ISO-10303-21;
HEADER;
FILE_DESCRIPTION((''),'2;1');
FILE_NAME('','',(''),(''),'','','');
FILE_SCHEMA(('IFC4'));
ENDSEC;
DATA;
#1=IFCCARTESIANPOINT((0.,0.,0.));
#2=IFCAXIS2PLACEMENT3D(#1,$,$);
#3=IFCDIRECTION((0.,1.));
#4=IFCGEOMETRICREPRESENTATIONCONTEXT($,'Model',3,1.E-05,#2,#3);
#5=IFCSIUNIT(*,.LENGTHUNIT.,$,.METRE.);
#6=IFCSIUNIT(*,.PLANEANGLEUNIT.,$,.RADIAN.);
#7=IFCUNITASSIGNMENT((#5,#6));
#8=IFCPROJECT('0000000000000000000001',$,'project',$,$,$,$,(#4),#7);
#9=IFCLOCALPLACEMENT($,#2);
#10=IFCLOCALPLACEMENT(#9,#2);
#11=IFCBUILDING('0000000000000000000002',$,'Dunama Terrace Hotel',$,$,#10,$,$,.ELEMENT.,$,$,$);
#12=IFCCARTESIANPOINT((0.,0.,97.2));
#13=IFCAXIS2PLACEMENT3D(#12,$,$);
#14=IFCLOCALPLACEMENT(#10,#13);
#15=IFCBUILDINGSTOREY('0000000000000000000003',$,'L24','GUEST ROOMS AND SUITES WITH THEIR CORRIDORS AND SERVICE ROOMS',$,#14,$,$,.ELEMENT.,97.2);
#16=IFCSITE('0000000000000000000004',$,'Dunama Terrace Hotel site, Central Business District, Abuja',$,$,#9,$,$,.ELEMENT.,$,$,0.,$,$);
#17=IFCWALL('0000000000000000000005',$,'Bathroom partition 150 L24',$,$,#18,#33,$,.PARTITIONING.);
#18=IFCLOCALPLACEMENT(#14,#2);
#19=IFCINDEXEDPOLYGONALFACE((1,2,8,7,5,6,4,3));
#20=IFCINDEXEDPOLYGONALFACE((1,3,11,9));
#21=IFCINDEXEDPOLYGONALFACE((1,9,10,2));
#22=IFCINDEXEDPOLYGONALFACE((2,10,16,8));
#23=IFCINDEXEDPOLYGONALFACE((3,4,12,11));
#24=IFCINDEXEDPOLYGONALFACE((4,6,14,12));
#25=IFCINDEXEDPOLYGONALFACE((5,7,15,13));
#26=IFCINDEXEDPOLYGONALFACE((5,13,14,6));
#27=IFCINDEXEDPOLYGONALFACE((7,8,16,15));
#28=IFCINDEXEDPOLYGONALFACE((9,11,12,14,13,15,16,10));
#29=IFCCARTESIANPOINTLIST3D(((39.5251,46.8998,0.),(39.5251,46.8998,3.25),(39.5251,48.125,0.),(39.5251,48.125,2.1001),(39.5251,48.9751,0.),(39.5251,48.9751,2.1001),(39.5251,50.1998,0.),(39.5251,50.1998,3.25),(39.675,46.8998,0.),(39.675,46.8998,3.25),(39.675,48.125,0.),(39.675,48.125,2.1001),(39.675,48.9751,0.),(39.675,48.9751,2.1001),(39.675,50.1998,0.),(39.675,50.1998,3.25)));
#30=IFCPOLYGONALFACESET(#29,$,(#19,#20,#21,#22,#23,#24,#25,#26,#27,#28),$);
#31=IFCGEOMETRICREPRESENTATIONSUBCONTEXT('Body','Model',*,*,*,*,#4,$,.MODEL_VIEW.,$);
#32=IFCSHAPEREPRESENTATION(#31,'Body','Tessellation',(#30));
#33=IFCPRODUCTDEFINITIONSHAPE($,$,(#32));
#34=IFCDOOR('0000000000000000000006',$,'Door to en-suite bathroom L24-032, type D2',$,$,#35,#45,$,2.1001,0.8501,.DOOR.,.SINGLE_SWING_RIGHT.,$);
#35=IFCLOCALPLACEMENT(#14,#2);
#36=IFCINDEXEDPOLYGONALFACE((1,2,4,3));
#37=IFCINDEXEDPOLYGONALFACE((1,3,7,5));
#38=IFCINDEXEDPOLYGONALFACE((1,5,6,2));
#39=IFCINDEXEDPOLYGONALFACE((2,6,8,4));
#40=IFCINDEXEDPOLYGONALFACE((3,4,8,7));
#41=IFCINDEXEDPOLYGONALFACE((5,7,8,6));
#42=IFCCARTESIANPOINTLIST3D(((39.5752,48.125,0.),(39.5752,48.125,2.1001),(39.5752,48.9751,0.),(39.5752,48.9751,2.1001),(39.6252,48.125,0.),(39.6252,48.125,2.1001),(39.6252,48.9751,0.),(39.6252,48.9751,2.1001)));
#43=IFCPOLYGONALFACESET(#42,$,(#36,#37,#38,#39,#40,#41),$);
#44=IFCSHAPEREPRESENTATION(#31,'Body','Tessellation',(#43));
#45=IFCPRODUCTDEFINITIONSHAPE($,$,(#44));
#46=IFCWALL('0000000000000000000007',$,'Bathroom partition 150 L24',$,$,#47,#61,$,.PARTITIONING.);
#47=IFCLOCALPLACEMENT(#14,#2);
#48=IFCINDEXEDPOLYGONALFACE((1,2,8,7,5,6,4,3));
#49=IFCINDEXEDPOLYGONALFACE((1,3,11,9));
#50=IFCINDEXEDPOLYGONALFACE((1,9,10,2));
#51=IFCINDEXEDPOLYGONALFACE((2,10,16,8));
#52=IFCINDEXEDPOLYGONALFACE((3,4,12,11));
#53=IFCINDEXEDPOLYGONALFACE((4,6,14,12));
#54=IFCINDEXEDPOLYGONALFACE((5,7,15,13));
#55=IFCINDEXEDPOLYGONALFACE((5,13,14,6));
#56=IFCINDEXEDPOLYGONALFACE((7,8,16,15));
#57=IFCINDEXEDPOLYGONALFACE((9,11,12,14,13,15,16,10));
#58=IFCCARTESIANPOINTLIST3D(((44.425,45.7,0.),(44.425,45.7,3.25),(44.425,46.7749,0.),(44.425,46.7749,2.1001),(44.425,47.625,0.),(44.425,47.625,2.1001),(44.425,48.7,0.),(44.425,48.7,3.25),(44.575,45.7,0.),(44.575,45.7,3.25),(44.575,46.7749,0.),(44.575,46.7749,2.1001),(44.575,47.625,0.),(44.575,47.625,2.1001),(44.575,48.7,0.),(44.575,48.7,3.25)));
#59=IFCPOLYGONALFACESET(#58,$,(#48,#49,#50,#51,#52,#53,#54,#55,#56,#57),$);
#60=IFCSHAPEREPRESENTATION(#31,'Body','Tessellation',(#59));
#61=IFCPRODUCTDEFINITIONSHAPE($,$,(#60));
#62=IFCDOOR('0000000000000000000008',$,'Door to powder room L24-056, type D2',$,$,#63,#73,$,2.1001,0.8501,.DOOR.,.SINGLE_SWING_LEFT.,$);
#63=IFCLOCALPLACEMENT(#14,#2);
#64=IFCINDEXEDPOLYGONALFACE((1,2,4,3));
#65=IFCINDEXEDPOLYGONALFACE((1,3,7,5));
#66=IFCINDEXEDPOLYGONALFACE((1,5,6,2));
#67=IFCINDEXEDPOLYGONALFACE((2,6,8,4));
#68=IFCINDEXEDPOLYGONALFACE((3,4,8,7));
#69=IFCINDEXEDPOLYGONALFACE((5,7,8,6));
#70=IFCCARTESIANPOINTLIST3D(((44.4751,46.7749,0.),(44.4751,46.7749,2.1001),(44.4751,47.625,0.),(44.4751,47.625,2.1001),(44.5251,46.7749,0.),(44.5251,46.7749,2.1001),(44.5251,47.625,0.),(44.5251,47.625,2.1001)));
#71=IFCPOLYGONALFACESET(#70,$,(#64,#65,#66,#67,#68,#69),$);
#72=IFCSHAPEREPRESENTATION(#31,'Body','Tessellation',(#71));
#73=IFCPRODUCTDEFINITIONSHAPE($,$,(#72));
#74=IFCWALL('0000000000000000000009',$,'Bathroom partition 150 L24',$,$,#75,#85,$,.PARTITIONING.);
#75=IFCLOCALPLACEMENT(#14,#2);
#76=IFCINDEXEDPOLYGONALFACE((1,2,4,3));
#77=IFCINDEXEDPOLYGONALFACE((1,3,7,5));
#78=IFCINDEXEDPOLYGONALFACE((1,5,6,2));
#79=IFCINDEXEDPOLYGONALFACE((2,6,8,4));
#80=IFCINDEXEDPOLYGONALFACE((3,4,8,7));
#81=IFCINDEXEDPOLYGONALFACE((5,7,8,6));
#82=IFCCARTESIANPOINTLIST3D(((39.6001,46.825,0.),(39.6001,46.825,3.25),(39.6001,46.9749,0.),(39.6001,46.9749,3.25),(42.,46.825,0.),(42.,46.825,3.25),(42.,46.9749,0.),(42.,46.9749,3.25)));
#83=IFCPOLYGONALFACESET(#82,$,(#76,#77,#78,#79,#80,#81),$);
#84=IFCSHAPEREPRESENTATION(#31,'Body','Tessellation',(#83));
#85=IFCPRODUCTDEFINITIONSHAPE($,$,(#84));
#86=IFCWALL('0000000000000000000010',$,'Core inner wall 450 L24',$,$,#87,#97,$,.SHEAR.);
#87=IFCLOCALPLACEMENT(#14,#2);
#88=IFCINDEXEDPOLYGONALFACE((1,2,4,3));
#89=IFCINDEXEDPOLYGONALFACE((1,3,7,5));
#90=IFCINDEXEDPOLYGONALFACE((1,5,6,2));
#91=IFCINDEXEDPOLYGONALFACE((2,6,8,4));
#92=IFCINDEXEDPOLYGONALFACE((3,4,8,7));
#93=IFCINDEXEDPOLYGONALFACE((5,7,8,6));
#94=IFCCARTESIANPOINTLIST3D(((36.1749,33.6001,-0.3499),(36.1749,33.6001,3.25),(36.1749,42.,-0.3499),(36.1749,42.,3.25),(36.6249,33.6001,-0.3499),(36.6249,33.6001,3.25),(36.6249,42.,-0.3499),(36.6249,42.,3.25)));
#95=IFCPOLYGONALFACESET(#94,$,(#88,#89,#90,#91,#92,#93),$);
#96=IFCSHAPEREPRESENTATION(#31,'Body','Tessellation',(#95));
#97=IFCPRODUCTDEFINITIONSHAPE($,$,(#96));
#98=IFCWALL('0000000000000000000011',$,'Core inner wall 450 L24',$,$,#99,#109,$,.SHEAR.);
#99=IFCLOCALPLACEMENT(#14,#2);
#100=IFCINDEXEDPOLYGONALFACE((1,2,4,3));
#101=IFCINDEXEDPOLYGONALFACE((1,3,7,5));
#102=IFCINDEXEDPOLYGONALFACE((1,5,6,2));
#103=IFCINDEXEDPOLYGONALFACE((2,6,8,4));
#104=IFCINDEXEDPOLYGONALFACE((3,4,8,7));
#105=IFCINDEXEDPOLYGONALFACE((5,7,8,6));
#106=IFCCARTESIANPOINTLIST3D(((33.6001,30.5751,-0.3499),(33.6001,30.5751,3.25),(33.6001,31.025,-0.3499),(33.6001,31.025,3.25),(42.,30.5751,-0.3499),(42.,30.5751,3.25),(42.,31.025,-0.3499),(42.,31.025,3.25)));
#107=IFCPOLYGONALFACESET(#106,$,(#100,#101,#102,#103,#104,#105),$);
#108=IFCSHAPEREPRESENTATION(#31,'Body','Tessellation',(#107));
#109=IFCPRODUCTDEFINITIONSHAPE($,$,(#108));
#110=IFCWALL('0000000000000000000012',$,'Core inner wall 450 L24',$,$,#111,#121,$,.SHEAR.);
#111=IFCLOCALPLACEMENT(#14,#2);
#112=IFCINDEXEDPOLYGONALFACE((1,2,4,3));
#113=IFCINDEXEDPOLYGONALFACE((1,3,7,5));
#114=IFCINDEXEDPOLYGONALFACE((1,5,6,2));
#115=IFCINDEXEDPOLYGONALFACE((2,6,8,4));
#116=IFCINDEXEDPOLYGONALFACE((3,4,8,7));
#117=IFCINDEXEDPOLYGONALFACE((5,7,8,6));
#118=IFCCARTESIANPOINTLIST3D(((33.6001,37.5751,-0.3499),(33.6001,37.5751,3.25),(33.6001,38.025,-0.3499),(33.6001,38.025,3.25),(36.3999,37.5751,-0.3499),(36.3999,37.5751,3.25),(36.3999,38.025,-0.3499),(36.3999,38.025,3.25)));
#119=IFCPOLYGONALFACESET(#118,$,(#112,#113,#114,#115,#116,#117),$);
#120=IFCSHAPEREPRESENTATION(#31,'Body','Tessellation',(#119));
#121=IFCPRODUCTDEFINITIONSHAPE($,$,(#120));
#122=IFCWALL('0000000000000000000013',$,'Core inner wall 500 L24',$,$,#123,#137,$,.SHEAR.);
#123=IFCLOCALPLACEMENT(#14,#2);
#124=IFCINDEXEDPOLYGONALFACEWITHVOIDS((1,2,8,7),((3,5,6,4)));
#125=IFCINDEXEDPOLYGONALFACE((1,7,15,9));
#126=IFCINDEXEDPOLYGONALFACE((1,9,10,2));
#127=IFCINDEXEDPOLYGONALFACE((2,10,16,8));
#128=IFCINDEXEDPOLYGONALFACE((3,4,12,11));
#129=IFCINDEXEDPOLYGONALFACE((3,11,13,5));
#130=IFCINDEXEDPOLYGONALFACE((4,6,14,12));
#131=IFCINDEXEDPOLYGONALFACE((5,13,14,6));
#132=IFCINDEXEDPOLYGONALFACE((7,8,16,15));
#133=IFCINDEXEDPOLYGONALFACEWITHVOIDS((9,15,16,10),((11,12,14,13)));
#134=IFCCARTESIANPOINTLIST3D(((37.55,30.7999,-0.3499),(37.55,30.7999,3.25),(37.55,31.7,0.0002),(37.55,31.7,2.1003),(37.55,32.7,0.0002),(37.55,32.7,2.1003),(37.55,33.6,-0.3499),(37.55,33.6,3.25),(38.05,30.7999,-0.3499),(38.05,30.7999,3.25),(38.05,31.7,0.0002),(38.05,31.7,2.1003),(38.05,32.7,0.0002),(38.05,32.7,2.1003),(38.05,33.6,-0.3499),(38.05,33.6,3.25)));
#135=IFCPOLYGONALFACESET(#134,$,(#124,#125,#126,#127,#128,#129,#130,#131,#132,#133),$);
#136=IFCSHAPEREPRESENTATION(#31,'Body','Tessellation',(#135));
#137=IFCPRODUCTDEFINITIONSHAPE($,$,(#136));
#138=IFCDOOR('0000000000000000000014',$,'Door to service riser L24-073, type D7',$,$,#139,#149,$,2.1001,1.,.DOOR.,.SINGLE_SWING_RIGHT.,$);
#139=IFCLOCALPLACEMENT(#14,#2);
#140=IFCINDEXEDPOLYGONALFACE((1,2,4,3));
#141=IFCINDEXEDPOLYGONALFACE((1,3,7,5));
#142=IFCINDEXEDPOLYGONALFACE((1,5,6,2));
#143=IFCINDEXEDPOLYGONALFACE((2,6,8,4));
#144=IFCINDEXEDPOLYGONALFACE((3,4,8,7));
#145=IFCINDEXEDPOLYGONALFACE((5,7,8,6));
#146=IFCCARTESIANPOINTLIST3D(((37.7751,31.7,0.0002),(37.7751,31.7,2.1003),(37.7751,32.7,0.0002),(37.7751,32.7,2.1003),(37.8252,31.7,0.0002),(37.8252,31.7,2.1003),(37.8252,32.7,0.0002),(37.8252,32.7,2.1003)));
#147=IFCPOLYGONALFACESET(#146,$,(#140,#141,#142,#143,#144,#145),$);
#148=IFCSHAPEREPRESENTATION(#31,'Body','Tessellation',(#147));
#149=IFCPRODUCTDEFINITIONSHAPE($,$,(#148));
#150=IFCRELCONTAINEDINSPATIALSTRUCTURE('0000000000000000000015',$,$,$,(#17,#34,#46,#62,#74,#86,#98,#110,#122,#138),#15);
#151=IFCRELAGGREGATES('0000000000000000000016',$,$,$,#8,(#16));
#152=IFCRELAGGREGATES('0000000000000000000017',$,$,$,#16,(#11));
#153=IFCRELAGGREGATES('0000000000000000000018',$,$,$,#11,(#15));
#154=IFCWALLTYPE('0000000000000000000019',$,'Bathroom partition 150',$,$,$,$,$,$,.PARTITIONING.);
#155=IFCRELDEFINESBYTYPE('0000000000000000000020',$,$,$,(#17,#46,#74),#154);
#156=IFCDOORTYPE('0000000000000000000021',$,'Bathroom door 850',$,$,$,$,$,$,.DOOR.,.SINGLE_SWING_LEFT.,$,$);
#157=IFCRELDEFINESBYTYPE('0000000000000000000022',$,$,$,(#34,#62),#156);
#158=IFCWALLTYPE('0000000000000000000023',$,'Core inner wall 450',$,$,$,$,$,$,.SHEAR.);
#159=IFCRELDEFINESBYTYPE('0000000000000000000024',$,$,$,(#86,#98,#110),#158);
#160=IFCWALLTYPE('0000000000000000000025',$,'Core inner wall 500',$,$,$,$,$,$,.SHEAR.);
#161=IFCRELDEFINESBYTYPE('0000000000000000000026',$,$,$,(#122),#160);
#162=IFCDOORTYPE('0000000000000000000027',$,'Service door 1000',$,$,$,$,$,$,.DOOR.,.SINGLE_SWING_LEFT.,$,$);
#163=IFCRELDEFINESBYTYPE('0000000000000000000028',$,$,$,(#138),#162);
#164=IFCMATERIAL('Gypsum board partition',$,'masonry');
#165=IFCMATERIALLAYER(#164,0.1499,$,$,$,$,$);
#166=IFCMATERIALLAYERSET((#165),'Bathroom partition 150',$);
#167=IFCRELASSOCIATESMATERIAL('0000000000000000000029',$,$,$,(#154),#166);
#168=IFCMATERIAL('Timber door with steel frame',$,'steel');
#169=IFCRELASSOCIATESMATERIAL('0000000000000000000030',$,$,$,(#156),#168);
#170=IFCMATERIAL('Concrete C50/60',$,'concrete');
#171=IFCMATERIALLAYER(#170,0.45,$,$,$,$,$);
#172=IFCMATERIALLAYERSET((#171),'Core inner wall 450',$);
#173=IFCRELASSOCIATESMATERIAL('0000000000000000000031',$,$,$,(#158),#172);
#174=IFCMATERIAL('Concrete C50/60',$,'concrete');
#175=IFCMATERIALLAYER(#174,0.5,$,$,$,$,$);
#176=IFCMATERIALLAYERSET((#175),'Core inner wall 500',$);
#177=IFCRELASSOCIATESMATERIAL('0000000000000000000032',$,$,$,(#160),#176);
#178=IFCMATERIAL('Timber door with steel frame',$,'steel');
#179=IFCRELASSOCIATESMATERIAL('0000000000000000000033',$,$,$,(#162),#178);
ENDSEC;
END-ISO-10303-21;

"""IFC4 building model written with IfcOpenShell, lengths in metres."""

from ifc_helpers import new_model, si_unit, direction, frame, frame_2d, origin, place, context, subcontext, project, spatial, rectangle, extrude, material, layer, layer_set, type_object, element, fill, save


model = new_model("IFC4")

# Units and contexts
model_context = context("Model", 3, precision=1e-05, world=origin(), true_north=direction((0.0, 1.0)))
body_context = subcontext(model_context, "Body", "Model", "MODEL_VIEW")
ifc_project = project(units=[si_unit("LENGTHUNIT", "METRE"), si_unit("PLANEANGLEUNIT", "RADIAN")], contexts=[model_context])

# Site, building, storey
site_placement = place(None, origin())
site = spatial("IfcSite", under=ifc_project, at=site_placement, Name="Dunama Terrace Hotel site, Central Business District, Abuja", CompositionType="ELEMENT", RefElevation=0.0)
building_placement = place(site_placement, origin())
building = spatial("IfcBuilding", under=site, at=building_placement, Name="Dunama Terrace Hotel", CompositionType="ELEMENT")
storey_placement = place(building_placement, frame((0.0, 0.0, 97.2)))
storey = spatial("IfcBuildingStorey", under=building, at=storey_placement, Name="L24", Description="GUEST ROOMS AND SUITES WITH THEIR CORRIDORS AND SERVICE ROOMS", CompositionType="ELEMENT", Elevation=97.2)

# Walls, openings, doors
ifc_material_1 = material(Name="Gypsum board partition", Category="masonry")
ifc_layer_1 = layer(ifc_material_1, 0.1499)
ifc_layer_set_1 = layer_set([ifc_layer_1], Name="Bathroom partition 150")
wall_type_1 = type_object("IfcWallType", Name="Bathroom partition 150", PredefinedType="PARTITIONING", material=ifc_layer_set_1)
wall_1_placement = place(storey_placement, frame((39.6001, 46.8999, 0.0), z_axis=(0.0, 0.0, 1.0), x_axis=(0.0, 1.0, 0.0)))
wall_1 = element("IfcWall", 1, at=wall_1_placement, inside=storey, type_object=wall_type_1, Name="Bathroom partition 150 L24", PredefinedType="PARTITIONING", context=body_context, shape_type="SweptSolid", body=[
    extrude(rectangle(XDim=3.3, YDim=0.1499, at=frame_2d((1.6499, 0.0))), origin(), (0.0, 0.0, 1.0), 3.25),
])
opening_1_placement = place(wall_1_placement, frame((1.2251, 0.0, 0.0)))
opening_1 = element("IfcOpeningElement", 2, at=opening_1_placement, cuts=wall_1, PredefinedType="OPENING", context=body_context, shape_type="SweptSolid", body=[
    extrude(rectangle(XDim=0.8501, YDim=2.1001, at=frame_2d((0.425, 1.05))), frame((0.0, 0.085, 0.0), z_axis=(0.0, -1.0, 0.0), x_axis=(1.0, 0.0, 0.0)), (0.0, 0.0, 1.0), 0.1699),
])
ifc_material_2 = material(Name="Timber door with steel frame", Category="steel")
door_type_1 = type_object("IfcDoorType", Name="Bathroom door 850", OperationType="SINGLE_SWING_LEFT", PredefinedType="DOOR", material=ifc_material_2)
door_1_placement = place(opening_1_placement, frame((0.8501, 0.0, 0.0), z_axis=(0.0, 0.0, 1.0), x_axis=(-1.0, 0.0, 0.0)))
door_1 = element("IfcDoor", 3, at=door_1_placement, inside=storey, type_object=door_type_1, Name="Door to en-suite bathroom L24-032, type D2", OperationType="SINGLE_SWING_RIGHT", OverallHeight=2.1001, OverallWidth=0.8501, PredefinedType="DOOR", context=body_context, shape_type="SweptSolid", body=[
    extrude(rectangle(XDim=0.8501, YDim=2.1001, at=frame_2d((0.425, 1.05))), frame((0.0, 0.0251, 0.0), z_axis=(0.0, -1.0, 0.0), x_axis=(1.0, 0.0, 0.0)), (0.0, 0.0, 1.0), 0.05),
])
fill(opening_1, door_1)
wall_2_placement = place(storey_placement, frame((44.5, 45.7, 0.0), z_axis=(0.0, 0.0, 1.0), x_axis=(0.0, 1.0, 0.0)))
wall_2 = element("IfcWall", 4, at=wall_2_placement, inside=storey, type_object=wall_type_1, Name="Bathroom partition 150 L24", PredefinedType="PARTITIONING", context=body_context, shape_type="SweptSolid", body=[
    extrude(rectangle(XDim=3.0, YDim=0.1499, at=frame_2d((1.5, 0.0))), origin(), (0.0, 0.0, 1.0), 3.25),
])
opening_2_placement = place(wall_2_placement, frame((1.075, 0.0, 0.0)))
opening_2 = element("IfcOpeningElement", 5, at=opening_2_placement, cuts=wall_2, PredefinedType="OPENING", context=body_context, shape_type="SweptSolid", body=[
    extrude(rectangle(XDim=0.8501, YDim=2.1001, at=frame_2d((0.425, 1.05))), frame((0.0, 0.085, 0.0), z_axis=(0.0, -1.0, 0.0), x_axis=(1.0, 0.0, 0.0)), (0.0, 0.0, 1.0), 0.1699),
])
door_2_placement = place(opening_2_placement, origin())
door_2 = element("IfcDoor", 6, at=door_2_placement, inside=storey, type_object=door_type_1, Name="Door to powder room L24-056, type D2", OperationType="SINGLE_SWING_LEFT", OverallHeight=2.1001, OverallWidth=0.8501, PredefinedType="DOOR", context=body_context, shape_type="SweptSolid", body=[
    extrude(rectangle(XDim=0.8501, YDim=2.1001, at=frame_2d((0.425, 1.05))), frame((0.0, 0.0249, 0.0), z_axis=(0.0, -1.0, 0.0), x_axis=(1.0, 0.0, 0.0)), (0.0, 0.0, 1.0), 0.05),
])
fill(opening_2, door_2)

# Walls
wall_3_placement = place(storey_placement, frame((39.6001, 46.8999, 0.0), z_axis=(0.0, 0.0, 1.0), x_axis=(1.0, 0.0, 0.0)))
element("IfcWall", 7, at=wall_3_placement, inside=storey, type_object=wall_type_1, Name="Bathroom partition 150 L24", PredefinedType="PARTITIONING", context=body_context, shape_type="SweptSolid", body=[
    extrude(rectangle(XDim=2.3999, YDim=0.1499, at=frame_2d((1.2, 0.0))), origin(), (0.0, 0.0, 1.0), 3.25),
])
ifc_material_3 = material(Name="Concrete C50/60", Category="concrete")
ifc_layer_2 = layer(ifc_material_3, 0.45)
ifc_layer_set_2 = layer_set([ifc_layer_2], Name="Core inner wall 450")
wall_type_2 = type_object("IfcWallType", Name="Core inner wall 450", PredefinedType="SHEAR", material=ifc_layer_set_2)
for number, where, z_axis, x_axis, name in (
    (8, (36.3999, 33.6001, -0.3499), (0.0, 0.0, 1.0), (0.0, 1.0, 0.0), "Core inner wall 450 L24"),
    (9, (33.6001, 30.8, -0.3499), (0.0, 0.0, 1.0), (1.0, 0.0, 0.0), "Core inner wall 450 L24"),
):
    element("IfcWall", number, at=place(storey_placement, frame(where, z_axis=z_axis, x_axis=x_axis)), inside=storey, type_object=wall_type_2, Name=name, PredefinedType="SHEAR", context=body_context, shape_type="SweptSolid", body=[
        extrude(rectangle(XDim=8.3999, YDim=0.45, at=frame_2d((4.2, 0.0))), origin(), (0.0, 0.0, 1.0), 3.5999),
    ])
wall_4_placement = place(storey_placement, frame((33.6001, 37.8, -0.3499), z_axis=(0.0, 0.0, 1.0), x_axis=(1.0, 0.0, 0.0)))
element("IfcWall", 10, at=wall_4_placement, inside=storey, type_object=wall_type_2, Name="Core inner wall 450 L24", PredefinedType="SHEAR", context=body_context, shape_type="SweptSolid", body=[
    extrude(rectangle(XDim=2.7998, YDim=0.45, at=frame_2d((1.3999, 0.0))), origin(), (0.0, 0.0, 1.0), 3.5999),
])

# Wall, opening, door
ifc_material_4 = material(Name="Concrete C50/60", Category="concrete")
ifc_layer_3 = layer(ifc_material_4, 0.5)
ifc_layer_set_3 = layer_set([ifc_layer_3], Name="Core inner wall 500")
wall_type_3 = type_object("IfcWallType", Name="Core inner wall 500", PredefinedType="SHEAR", material=ifc_layer_set_3)
wall_5_placement = place(storey_placement, frame((37.8, 30.8, -0.3499), z_axis=(0.0, 0.0, 1.0), x_axis=(0.0, 1.0, 0.0)))
wall_5 = element("IfcWall", 11, at=wall_5_placement, inside=storey, type_object=wall_type_3, Name="Core inner wall 500 L24", PredefinedType="SHEAR", context=body_context, shape_type="SweptSolid", body=[
    extrude(rectangle(XDim=2.8, YDim=0.5, at=frame_2d((1.3999, 0.0))), origin(), (0.0, 0.0, 1.0), 3.5999),
])
opening_3_placement = place(wall_5_placement, frame((0.8999, 0.0, 0.3501)))
opening_3 = element("IfcOpeningElement", 12, at=opening_3_placement, cuts=wall_5, PredefinedType="OPENING", context=body_context, shape_type="SweptSolid", body=[
    extrude(rectangle(XDim=1.0, YDim=2.1001, at=frame_2d((0.5, 1.05))), frame((0.0, 0.26, 0.0), z_axis=(0.0, -1.0, 0.0), x_axis=(1.0, 0.0, 0.0)), (0.0, 0.0, 1.0), 0.52),
])
ifc_material_5 = material(Name="Timber door with steel frame", Category="steel")
door_type_2 = type_object("IfcDoorType", Name="Service door 1000", OperationType="SINGLE_SWING_LEFT", PredefinedType="DOOR", material=ifc_material_5)
door_3_placement = place(opening_3_placement, frame((1.0, 0.0, 0.0), z_axis=(0.0, 0.0, 1.0), x_axis=(-1.0, 0.0, 0.0)))
door_3 = element("IfcDoor", 13, at=door_3_placement, inside=storey, type_object=door_type_2, Name="Door to service riser L24-073, type D7", OperationType="SINGLE_SWING_RIGHT", OverallHeight=2.1001, OverallWidth=1.0, PredefinedType="DOOR", context=body_context, shape_type="SweptSolid", body=[
    extrude(rectangle(XDim=1.0, YDim=2.1001, at=frame_2d((0.5, 1.05))), frame((0.0, 0.0251, 0.0), z_axis=(0.0, -1.0, 0.0), x_axis=(1.0, 0.0, 0.0)), (0.0, 0.0, 1.0), 0.05),
])
fill(opening_3, door_3)

save(model, "model.ifc")
